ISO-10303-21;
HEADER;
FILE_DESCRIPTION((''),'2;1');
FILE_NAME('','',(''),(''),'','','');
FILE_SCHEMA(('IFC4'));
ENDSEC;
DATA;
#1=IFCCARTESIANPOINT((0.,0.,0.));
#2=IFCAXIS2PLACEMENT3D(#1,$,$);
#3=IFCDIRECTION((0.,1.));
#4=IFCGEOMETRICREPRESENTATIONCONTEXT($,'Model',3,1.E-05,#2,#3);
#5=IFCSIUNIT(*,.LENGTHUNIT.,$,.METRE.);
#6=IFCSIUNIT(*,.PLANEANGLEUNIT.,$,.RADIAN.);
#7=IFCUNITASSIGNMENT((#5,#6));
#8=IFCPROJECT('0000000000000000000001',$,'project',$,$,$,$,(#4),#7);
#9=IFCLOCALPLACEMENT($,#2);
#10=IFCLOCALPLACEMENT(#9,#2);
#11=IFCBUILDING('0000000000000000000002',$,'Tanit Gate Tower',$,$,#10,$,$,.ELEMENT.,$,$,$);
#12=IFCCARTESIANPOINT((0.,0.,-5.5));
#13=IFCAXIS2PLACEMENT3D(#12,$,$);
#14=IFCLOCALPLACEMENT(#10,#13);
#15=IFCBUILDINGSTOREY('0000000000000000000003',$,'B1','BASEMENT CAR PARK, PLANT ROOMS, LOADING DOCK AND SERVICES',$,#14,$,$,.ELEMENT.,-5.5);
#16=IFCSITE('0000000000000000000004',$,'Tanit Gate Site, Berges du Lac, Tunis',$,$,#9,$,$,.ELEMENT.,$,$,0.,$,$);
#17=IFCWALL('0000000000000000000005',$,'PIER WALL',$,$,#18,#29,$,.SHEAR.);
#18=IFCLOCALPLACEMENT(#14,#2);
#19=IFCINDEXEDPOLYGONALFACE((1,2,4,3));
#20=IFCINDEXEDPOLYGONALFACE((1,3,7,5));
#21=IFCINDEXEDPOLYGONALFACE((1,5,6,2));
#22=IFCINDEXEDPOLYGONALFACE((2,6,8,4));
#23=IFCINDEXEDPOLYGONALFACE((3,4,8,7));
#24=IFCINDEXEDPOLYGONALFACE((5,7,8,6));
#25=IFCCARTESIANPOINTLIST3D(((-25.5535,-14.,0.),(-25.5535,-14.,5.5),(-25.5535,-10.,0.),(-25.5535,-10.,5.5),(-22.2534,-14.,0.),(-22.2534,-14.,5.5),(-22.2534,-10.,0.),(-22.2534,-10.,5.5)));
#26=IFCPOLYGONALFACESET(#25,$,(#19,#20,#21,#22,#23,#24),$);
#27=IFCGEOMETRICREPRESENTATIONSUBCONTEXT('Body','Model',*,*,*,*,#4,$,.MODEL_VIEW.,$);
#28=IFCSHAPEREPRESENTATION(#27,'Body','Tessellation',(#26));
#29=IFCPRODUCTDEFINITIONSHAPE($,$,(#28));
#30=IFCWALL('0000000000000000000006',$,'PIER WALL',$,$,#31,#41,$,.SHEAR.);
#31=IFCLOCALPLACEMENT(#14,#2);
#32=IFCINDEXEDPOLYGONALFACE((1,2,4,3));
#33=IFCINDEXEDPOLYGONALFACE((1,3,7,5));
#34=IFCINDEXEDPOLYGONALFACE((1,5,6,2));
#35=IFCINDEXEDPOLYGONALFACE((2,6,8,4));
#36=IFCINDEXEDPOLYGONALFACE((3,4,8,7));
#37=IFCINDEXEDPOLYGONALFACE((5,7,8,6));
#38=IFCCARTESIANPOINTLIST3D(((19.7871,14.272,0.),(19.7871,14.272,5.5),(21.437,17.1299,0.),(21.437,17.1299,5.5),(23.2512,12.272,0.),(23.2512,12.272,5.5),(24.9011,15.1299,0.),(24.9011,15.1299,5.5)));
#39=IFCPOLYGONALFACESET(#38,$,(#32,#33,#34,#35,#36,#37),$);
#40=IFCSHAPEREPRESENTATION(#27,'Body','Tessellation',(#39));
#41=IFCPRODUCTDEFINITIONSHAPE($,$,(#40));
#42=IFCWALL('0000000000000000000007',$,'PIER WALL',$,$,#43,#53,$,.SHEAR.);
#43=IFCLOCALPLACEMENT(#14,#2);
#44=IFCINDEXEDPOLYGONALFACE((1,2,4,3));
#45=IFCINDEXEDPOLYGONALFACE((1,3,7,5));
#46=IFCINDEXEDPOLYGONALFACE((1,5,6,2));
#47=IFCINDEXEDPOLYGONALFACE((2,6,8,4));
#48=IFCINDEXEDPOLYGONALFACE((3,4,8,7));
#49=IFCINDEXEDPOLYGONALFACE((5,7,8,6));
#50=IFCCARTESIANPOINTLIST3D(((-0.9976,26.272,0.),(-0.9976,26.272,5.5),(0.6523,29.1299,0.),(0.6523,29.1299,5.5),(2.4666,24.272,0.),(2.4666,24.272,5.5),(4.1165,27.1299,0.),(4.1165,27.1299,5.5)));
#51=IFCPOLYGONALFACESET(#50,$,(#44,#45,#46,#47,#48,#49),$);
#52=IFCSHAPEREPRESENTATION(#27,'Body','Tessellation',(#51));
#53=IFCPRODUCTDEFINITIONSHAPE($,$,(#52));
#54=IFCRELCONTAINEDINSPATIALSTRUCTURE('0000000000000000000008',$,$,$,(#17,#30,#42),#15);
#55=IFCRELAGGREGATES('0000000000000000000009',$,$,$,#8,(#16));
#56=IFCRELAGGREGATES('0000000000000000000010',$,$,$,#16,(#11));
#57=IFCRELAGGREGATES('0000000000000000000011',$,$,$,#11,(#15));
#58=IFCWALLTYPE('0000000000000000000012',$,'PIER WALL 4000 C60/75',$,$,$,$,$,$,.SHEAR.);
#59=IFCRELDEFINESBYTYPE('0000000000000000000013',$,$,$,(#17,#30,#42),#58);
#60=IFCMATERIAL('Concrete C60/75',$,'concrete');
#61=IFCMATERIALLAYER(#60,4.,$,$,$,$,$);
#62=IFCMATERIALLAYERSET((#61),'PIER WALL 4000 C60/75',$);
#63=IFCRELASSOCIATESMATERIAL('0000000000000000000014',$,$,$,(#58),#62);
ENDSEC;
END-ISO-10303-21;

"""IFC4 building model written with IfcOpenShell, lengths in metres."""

from ifc_helpers import new_model, si_unit, direction, frame, origin, place, context, subcontext, project, spatial, polyline, outline, extrude, material, layer, layer_set, type_object, element, save


model = new_model("IFC4")

# Units and contexts
model_context = context("Model", 3, precision=1e-05, world=origin(), true_north=direction((0.0, 1.0)))
body_context = subcontext(model_context, "Body", "Model", "MODEL_VIEW")
ifc_project = project(units=[si_unit("LENGTHUNIT", "METRE"), si_unit("PLANEANGLEUNIT", "RADIAN")], contexts=[model_context])

# Site, building, storey
site_placement = place(None, origin())
site = spatial("IfcSite", under=ifc_project, at=site_placement, Name="Tanit Gate Site, Berges du Lac, Tunis", CompositionType="ELEMENT", RefElevation=0.0)
building_placement = place(site_placement, origin())
building = spatial("IfcBuilding", under=site, at=building_placement, Name="Tanit Gate Tower", CompositionType="ELEMENT")
storey_placement = place(building_placement, frame((0.0, 0.0, -5.5)))
storey = spatial("IfcBuildingStorey", under=building, at=storey_placement, Name="B1", Description="BASEMENT CAR PARK, PLANT ROOMS, LOADING DOCK AND SERVICES", CompositionType="ELEMENT", Elevation=-5.5)

# Walls
ifc_material_1 = material(Name="Concrete C60/75", Category="concrete")
ifc_layer_1 = layer(ifc_material_1, 4.0)
ifc_layer_set_1 = layer_set([ifc_layer_1], Name="PIER WALL 4000 C60/75")
wall_type = type_object("IfcWallType", Name="PIER WALL 4000 C60/75", PredefinedType="SHEAR", material=ifc_layer_set_1)
wall_1_placement = place(storey_placement, origin())
element("IfcWall", 1, at=wall_1_placement, inside=storey, type_object=wall_type, Name="PIER WALL", PredefinedType="SHEAR", context=body_context, shape_type="SweptSolid", body=[
    extrude(outline(polyline([(-25.5535, -10.0), (-25.5535, -14.0), (-22.2534, -14.0), (-22.2534, -10.0), (-25.5535, -10.0)])), origin(), (0.0, 0.0, 1.0), 5.5),
])
wall_2_placement = place(storey_placement, origin())
element("IfcWall", 2, at=wall_2_placement, inside=storey, type_object=wall_type, Name="PIER WALL", PredefinedType="SHEAR", context=body_context, shape_type="SweptSolid", body=[
    extrude(outline(polyline([(24.9011, 15.1299), (21.437, 17.1299), (19.7871, 14.272), (23.2512, 12.272), (24.9011, 15.1299)])), origin(), (0.0, 0.0, 1.0), 5.5),
])
wall_3_placement = place(storey_placement, origin())
element("IfcWall", 3, at=wall_3_placement, inside=storey, type_object=wall_type, Name="PIER WALL", PredefinedType="SHEAR", context=body_context, shape_type="SweptSolid", body=[
    extrude(outline(polyline([(4.1165, 27.1299), (0.6523, 29.1299), (-0.9976, 26.272), (2.4666, 24.272), (4.1165, 27.1299)])), origin(), (0.0, 0.0, 1.0), 5.5),
])

save(model, "model.ifc")
